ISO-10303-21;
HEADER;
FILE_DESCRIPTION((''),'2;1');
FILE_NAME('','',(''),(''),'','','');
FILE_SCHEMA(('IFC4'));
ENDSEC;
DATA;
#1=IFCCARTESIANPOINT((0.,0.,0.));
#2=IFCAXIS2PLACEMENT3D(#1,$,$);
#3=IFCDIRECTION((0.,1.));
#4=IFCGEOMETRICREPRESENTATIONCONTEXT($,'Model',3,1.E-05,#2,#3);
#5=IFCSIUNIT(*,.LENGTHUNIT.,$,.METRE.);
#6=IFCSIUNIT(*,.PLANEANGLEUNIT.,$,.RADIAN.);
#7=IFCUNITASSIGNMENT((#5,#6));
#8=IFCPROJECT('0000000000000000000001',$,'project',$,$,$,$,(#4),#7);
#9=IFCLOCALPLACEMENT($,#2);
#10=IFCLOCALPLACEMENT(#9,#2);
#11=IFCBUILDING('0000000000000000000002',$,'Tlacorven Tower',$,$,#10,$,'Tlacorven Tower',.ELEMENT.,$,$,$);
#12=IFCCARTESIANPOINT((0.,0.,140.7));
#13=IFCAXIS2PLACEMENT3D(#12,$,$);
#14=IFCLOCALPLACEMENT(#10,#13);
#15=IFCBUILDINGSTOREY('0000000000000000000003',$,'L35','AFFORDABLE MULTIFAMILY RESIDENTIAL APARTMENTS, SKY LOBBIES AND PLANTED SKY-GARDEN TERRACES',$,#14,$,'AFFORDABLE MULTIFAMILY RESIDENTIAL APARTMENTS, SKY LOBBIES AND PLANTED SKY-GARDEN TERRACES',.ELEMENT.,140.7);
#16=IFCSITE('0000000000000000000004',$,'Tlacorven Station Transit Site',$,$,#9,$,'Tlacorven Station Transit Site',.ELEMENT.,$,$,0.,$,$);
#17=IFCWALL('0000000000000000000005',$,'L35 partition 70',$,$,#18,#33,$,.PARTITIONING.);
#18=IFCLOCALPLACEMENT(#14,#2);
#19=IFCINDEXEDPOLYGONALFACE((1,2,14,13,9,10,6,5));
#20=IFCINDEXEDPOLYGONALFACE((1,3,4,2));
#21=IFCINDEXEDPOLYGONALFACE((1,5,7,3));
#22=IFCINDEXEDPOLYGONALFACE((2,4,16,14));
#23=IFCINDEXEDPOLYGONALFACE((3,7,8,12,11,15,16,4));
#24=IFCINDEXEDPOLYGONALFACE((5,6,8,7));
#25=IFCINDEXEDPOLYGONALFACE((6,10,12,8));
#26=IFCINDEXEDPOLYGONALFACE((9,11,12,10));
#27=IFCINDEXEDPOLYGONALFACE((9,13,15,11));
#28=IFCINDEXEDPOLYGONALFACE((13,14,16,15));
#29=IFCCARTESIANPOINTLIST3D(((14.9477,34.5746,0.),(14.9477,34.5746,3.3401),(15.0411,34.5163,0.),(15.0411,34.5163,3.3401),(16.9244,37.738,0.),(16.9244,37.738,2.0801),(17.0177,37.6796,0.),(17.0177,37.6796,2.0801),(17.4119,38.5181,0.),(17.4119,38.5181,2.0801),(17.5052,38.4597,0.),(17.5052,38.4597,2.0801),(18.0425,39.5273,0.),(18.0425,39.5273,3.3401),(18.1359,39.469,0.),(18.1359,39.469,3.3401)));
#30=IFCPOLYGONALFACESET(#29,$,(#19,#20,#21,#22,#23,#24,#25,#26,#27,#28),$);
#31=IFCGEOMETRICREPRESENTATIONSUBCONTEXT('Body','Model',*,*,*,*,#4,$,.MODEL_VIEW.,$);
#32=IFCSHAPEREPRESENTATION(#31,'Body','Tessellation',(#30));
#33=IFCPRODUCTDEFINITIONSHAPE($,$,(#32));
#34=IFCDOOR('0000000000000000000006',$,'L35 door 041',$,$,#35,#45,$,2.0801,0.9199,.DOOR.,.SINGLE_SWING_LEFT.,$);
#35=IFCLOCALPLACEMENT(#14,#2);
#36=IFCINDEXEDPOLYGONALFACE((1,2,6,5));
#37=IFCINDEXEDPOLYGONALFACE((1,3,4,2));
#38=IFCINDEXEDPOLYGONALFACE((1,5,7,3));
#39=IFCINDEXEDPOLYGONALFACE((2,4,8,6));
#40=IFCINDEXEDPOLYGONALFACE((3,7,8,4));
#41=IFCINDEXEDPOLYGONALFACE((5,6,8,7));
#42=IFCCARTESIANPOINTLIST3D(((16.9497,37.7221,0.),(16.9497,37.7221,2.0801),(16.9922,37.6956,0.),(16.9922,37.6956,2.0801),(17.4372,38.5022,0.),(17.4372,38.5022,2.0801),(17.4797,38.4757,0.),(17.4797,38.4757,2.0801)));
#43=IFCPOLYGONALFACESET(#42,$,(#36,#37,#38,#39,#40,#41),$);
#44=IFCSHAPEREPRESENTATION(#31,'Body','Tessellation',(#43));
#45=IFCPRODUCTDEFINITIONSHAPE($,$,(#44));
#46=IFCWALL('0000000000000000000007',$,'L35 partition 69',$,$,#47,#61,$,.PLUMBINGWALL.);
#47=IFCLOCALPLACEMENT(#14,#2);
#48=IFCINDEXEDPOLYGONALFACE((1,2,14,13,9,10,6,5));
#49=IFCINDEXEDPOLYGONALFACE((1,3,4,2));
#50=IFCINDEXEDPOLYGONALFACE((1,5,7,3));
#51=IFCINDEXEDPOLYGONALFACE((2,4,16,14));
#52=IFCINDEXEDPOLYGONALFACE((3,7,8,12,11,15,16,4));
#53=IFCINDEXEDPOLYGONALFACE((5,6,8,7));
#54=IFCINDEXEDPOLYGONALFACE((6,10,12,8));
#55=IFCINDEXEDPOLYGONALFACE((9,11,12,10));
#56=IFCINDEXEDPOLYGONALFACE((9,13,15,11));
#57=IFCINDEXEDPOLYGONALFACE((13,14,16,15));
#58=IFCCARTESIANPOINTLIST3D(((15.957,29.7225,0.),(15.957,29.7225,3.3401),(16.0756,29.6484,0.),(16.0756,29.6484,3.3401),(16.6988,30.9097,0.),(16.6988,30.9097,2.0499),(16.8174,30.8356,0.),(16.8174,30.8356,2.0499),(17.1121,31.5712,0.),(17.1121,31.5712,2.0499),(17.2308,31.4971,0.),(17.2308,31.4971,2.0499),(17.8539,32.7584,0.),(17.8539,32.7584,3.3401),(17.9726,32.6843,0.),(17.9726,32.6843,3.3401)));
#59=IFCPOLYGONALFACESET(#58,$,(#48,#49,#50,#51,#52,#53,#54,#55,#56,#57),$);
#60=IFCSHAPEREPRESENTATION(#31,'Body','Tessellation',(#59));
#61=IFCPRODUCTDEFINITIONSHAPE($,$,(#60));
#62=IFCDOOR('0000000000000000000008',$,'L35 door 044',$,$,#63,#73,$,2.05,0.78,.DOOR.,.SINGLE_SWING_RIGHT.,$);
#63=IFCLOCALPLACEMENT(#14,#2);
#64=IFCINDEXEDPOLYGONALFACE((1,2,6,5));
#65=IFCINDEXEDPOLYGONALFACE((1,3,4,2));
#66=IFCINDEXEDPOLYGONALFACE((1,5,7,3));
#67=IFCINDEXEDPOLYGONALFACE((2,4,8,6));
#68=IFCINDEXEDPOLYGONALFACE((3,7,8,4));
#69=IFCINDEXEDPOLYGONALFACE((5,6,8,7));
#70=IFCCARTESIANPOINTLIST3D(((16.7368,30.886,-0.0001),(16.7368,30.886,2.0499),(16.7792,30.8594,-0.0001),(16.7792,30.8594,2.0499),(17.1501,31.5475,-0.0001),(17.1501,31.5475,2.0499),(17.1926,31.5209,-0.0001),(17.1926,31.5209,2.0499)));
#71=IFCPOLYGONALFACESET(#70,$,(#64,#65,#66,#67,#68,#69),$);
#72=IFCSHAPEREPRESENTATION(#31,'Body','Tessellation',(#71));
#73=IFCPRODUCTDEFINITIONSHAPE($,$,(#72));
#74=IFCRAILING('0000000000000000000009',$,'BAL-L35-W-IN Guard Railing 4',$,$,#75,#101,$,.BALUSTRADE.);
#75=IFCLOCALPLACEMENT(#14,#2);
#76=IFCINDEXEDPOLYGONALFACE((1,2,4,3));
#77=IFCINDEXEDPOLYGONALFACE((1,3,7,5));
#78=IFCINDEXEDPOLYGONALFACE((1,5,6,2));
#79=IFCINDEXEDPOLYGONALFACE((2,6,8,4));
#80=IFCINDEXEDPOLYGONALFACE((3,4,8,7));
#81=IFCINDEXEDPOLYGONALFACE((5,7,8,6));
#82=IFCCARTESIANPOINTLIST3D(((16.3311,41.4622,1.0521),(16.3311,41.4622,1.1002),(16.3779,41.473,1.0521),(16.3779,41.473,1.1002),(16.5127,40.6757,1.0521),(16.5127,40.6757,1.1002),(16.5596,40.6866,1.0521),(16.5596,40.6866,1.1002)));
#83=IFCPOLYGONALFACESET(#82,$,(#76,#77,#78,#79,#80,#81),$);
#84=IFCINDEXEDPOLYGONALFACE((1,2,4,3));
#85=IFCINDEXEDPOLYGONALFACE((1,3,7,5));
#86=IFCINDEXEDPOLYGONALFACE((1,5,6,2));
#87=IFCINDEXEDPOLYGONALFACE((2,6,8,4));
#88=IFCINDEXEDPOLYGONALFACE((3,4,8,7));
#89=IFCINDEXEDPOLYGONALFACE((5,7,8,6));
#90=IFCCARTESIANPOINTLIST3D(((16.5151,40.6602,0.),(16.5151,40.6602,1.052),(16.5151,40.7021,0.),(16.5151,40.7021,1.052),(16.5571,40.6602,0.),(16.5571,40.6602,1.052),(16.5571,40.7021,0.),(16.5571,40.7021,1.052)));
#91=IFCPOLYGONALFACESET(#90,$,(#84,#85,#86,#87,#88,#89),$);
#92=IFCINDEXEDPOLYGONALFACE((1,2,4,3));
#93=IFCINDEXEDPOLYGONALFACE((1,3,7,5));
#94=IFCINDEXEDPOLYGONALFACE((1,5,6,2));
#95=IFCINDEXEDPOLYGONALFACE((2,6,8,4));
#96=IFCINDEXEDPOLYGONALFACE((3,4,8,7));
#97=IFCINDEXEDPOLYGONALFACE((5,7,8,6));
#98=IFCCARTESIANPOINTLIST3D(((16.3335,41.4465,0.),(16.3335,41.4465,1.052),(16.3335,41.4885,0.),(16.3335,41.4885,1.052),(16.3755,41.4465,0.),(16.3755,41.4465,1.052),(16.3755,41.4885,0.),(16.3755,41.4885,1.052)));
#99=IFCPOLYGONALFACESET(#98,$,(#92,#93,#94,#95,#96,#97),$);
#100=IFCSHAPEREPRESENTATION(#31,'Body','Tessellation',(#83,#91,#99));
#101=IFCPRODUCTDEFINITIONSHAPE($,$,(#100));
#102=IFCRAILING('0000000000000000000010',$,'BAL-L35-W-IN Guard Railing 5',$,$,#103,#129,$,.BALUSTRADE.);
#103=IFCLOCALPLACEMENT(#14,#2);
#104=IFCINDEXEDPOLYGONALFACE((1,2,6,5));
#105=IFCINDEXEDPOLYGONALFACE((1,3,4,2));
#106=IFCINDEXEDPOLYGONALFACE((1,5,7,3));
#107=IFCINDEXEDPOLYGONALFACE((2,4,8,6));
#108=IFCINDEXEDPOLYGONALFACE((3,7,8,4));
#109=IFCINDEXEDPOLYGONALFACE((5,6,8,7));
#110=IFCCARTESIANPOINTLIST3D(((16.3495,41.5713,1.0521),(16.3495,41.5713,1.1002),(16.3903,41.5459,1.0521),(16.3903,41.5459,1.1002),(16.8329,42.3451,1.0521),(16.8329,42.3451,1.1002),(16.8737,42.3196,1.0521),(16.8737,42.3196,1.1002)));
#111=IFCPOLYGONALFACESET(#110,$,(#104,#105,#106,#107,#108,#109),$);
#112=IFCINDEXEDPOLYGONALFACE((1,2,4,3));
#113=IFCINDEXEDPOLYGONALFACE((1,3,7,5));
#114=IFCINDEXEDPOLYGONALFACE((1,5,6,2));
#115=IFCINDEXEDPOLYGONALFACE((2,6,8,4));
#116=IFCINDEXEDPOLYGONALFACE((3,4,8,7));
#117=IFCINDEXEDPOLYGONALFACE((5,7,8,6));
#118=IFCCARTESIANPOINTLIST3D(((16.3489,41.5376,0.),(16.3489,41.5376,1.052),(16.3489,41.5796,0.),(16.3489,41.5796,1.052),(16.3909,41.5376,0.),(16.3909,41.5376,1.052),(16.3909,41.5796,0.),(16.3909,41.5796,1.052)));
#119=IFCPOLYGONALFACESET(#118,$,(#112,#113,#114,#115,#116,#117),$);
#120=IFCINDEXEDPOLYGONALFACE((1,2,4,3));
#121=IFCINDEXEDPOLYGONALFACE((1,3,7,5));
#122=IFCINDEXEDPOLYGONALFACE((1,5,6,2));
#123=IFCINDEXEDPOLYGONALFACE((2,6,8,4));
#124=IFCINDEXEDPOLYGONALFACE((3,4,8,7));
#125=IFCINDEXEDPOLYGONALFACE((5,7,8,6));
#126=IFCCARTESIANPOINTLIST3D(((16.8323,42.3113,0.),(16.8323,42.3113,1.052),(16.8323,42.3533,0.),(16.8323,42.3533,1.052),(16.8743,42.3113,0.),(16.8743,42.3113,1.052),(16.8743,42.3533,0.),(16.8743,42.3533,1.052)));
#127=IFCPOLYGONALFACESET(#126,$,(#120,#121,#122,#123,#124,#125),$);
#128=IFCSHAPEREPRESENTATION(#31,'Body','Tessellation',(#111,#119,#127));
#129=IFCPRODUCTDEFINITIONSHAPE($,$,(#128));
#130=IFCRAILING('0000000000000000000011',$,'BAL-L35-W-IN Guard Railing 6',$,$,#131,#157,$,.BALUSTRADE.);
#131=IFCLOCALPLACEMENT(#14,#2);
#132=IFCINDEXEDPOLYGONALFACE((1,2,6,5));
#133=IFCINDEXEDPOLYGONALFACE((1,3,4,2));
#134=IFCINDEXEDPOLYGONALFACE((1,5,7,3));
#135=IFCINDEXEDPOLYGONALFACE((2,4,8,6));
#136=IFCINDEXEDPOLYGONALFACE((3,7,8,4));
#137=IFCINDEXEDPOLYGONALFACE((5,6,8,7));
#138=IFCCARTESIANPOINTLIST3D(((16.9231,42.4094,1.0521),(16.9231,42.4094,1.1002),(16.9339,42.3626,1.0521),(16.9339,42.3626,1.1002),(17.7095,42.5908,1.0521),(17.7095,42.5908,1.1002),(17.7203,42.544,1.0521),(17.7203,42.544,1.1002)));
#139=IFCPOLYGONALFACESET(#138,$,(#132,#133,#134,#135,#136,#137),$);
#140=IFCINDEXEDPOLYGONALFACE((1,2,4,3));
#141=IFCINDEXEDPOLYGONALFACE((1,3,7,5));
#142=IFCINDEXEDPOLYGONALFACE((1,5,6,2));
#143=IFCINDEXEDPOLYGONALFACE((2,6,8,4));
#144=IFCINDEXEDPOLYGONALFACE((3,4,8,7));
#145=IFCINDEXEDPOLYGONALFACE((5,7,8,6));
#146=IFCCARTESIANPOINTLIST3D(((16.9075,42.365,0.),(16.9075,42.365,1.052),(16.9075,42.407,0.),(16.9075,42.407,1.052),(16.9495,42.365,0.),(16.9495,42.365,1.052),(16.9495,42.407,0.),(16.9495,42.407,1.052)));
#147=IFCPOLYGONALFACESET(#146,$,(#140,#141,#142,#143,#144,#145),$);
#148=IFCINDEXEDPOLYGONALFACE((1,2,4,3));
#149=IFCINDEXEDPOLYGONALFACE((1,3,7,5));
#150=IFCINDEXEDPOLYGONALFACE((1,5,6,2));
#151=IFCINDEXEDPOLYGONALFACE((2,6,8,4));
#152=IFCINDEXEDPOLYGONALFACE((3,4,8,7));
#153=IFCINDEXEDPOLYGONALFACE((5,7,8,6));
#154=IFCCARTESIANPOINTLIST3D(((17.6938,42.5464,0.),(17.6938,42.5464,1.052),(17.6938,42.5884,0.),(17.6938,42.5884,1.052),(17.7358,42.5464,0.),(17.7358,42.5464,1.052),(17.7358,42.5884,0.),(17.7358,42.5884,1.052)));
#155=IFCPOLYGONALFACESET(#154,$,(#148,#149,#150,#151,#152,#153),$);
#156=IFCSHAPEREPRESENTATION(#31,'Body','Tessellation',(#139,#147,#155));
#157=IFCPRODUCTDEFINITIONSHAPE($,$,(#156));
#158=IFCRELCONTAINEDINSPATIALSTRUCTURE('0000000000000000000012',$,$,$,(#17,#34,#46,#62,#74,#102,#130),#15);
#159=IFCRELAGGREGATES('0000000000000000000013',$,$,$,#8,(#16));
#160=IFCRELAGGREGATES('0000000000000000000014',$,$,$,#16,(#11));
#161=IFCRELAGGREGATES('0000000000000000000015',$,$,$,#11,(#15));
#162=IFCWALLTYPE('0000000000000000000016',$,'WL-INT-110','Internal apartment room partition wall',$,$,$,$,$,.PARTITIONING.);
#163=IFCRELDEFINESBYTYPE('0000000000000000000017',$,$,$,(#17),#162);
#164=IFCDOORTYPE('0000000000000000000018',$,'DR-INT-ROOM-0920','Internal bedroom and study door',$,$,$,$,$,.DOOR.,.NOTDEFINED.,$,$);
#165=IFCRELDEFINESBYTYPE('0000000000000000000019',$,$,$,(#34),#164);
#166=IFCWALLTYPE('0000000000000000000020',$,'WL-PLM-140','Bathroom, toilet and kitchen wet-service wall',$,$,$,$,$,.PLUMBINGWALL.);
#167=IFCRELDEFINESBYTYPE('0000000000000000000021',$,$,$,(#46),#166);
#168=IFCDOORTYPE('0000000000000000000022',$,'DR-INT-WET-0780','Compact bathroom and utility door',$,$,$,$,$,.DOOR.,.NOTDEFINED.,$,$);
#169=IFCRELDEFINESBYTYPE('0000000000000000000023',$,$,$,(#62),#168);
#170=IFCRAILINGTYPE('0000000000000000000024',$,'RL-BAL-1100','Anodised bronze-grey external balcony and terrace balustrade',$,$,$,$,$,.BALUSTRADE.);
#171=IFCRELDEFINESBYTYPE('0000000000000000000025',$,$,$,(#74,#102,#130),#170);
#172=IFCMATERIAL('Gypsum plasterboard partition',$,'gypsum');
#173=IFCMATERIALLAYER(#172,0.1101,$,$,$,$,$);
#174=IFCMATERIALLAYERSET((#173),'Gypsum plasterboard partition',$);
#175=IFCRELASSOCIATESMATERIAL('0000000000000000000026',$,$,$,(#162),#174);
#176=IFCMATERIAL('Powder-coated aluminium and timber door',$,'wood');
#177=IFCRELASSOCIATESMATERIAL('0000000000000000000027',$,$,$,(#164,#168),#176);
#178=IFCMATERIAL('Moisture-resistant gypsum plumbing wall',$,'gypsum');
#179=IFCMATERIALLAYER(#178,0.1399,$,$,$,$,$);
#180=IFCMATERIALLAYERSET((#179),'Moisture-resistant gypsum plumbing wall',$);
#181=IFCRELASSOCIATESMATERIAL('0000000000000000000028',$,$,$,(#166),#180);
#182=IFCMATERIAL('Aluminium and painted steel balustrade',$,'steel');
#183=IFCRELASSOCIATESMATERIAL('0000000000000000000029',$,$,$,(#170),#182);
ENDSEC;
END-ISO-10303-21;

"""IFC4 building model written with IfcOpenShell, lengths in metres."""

from ifc_helpers import new_model, si_unit, direction, frame, frame_2d, origin, origin_2d, place, context, subcontext, project, spatial, rectangle, extrude, source, transform, mapped, material, layer, layer_set, type_object, element, fill, save


model = new_model("IFC4")

# Units and contexts
model_context = context("Model", 3, precision=1e-05, world=origin(), true_north=direction((0.0, 1.0)))
body_context = subcontext(model_context, "Body", "Model", "MODEL_VIEW")
ifc_project = project(units=[si_unit("LENGTHUNIT", "METRE"), si_unit("PLANEANGLEUNIT", "RADIAN")], contexts=[model_context])

# Site, building, storey
site_placement = place(None, origin())
site = spatial("IfcSite", under=ifc_project, at=site_placement, Name="Tlacorven Station Transit Site", LongName="Tlacorven Station Transit Site", CompositionType="ELEMENT", RefElevation=0.0)
building_placement = place(site_placement, origin())
building = spatial("IfcBuilding", under=site, at=building_placement, Name="Tlacorven Tower", LongName="Tlacorven Tower", CompositionType="ELEMENT")
storey_placement = place(building_placement, frame((0.0, 0.0, 140.7)))
storey = spatial("IfcBuildingStorey", under=building, at=storey_placement, Name="L35", Description="AFFORDABLE MULTIFAMILY RESIDENTIAL APARTMENTS, SKY LOBBIES AND PLANTED SKY-GARDEN TERRACES", LongName="AFFORDABLE MULTIFAMILY RESIDENTIAL APARTMENTS, SKY LOBBIES AND PLANTED SKY-GARDEN TERRACES", CompositionType="ELEMENT", Elevation=140.7)

# Shared definitions
ifc_material_1 = material(Name="Powder-coated aluminium and timber door", Category="wood")

# Walls, openings, doors
ifc_material_2 = material(Name="Gypsum plasterboard partition", Category="gypsum")
ifc_layer_1 = layer(ifc_material_2, 0.1101)
ifc_layer_set_1 = layer_set([ifc_layer_1], Name="Gypsum plasterboard partition")
wall_type_1 = type_object("IfcWallType", Name="WL-INT-110", Description="Internal apartment room partition wall", PredefinedType="PARTITIONING", material=ifc_layer_set_1)
wall_1_placement = place(storey_placement, frame((18.0891, 39.498, 0.0), z_axis=(0.0, 0.0, 1.0), x_axis=(-0.529916, -0.84805, 0.0)))
wall_1 = element("IfcWall", 1, at=wall_1_placement, inside=storey, type_object=wall_type_1, Name="L35 partition 70", PredefinedType="PARTITIONING", context=body_context, shape_type="SweptSolid", body=[
    extrude(rectangle(XDim=5.8401, YDim=0.1101, at=frame_2d((2.9199, 0.0))), origin(), (0.0, 0.0, 1.0), 3.3401),
])
opening_1_placement = place(wall_1_placement, frame((1.1899, 0.0, 0.0)))
opening_1 = element("IfcOpeningElement", 2, at=opening_1_placement, cuts=wall_1, PredefinedType="OPENING", context=body_context, shape_type="SweptSolid", body=[
    extrude(rectangle(XDim=0.9199, YDim=2.0801, at=frame_2d((0.46, 1.04))), frame((0.0, 0.0649, 0.0), z_axis=(0.0, -1.0, 0.0), x_axis=(1.0, 0.0, 0.0)), (0.0, 0.0, 1.0), 0.1301),
])
door_type_1 = type_object("IfcDoorType", Name="DR-INT-ROOM-0920", Description="Internal bedroom and study door", OperationType="NOTDEFINED", PredefinedType="DOOR", material=ifc_material_1)
shared_shape_1 = source(origin(), body_context, "Body", "SweptSolid", [
    extrude(rectangle(XDim=0.9199, YDim=2.0801, at=frame_2d((0.46, 1.04))), frame((0.0, 0.0249, 0.0), z_axis=(0.0, -1.0, 0.0), x_axis=(1.0, 0.0, 0.0)), (0.0, 0.0, 1.0), 0.05),
])
door_1_placement = place(opening_1_placement, origin())
door_1 = element("IfcDoor", 3, at=door_1_placement, inside=storey, type_object=door_type_1, Name="L35 door 041", OperationType="SINGLE_SWING_LEFT", OverallHeight=2.0801, OverallWidth=0.9199, PredefinedType="DOOR", context=body_context, shape_type="MappedRepresentation", body=[
    mapped(shared_shape_1, transform((0.0, 0.0, 0.0), scale=1.0)),
])
fill(opening_1, door_1)
ifc_material_3 = material(Name="Moisture-resistant gypsum plumbing wall", Category="gypsum")
ifc_layer_2 = layer(ifc_material_3, 0.1399)
ifc_layer_set_2 = layer_set([ifc_layer_2], Name="Moisture-resistant gypsum plumbing wall")
wall_type_2 = type_object("IfcWallType", Name="WL-PLM-140", Description="Bathroom, toilet and kitchen wet-service wall", PredefinedType="PLUMBINGWALL", material=ifc_layer_set_2)
wall_2_placement = place(storey_placement, frame((17.9133, 32.7214, 0.0), z_axis=(0.0, 0.0, 1.0), x_axis=(-0.529907, -0.848056, 0.0)))
wall_2 = element("IfcWall", 4, at=wall_2_placement, inside=storey, type_object=wall_type_2, Name="L35 partition 69", PredefinedType="PLUMBINGWALL", context=body_context, shape_type="SweptSolid", body=[
    extrude(rectangle(XDim=3.5798, YDim=0.1399, at=frame_2d((1.79, 0.0))), origin(), (0.0, 0.0, 1.0), 3.3401),
])
opening_2_placement = place(wall_2_placement, frame((1.3999, 0.0, 0.0)))
opening_2 = element("IfcOpeningElement", 5, at=opening_2_placement, cuts=wall_2, PredefinedType="OPENING", context=body_context, shape_type="SweptSolid", body=[
    extrude(rectangle(XDim=0.78, YDim=2.05, at=frame_2d((0.3901, 1.0249))), frame((0.0, 0.0801, 0.0), z_axis=(0.0, -1.0, 0.0), x_axis=(1.0, 0.0, 0.0)), (0.0, 0.0, 1.0), 0.1599),
])
door_type_2 = type_object("IfcDoorType", Name="DR-INT-WET-0780", Description="Compact bathroom and utility door", OperationType="NOTDEFINED", PredefinedType="DOOR", material=ifc_material_1)
shared_shape_2 = source(origin(), body_context, "Body", "SweptSolid", [
    extrude(rectangle(XDim=0.78, YDim=2.05, at=frame_2d((0.3901, 1.0249))), frame((0.0, 0.0249, 0.0), z_axis=(0.0, -1.0, 0.0), x_axis=(1.0, 0.0, 0.0)), (0.0, 0.0, 1.0), 0.05),
])
door_2_placement = place(opening_2_placement, origin())
door_2 = element("IfcDoor", 6, at=door_2_placement, inside=storey, type_object=door_type_2, Name="L35 door 044", OperationType="SINGLE_SWING_RIGHT", OverallHeight=2.05, OverallWidth=0.78, PredefinedType="DOOR", context=body_context, shape_type="MappedRepresentation", body=[
    mapped(shared_shape_2, transform((0.0, 0.0, 0.0), scale=1.0)),
])
fill(opening_2, door_2)

# Railings
ifc_material_4 = material(Name="Aluminium and painted steel balustrade", Category="steel")
railing_type = type_object("IfcRailingType", Name="RL-BAL-1100", Description="Anodised bronze-grey external balcony and terrace balustrade", PredefinedType="BALUSTRADE", material=ifc_material_4)
shared_shape_3 = source(origin(), body_context, "Body", "SweptSolid", [
    extrude(rectangle(XDim=0.0481, YDim=0.0481, at=origin_2d()), frame((0.0, 0.0, 1.0762), z_axis=(-0.225058, 0.974345, 0.0), x_axis=(-0.974345, -0.225058, 0.0)), (0.0, 0.0, 1.0), 0.8071),
    extrude(rectangle(XDim=0.042, YDim=0.042, at=origin_2d()), origin(), (0.0, 0.0, 1.0), 1.052),
    extrude(rectangle(XDim=0.042, YDim=0.042, at=origin_2d()), frame((-0.1816, 0.7864, 0.0)), (0.0, 0.0, 1.0), 1.052),
])
railing_1_placement = place(storey_placement, frame((16.5361, 40.6812, 0.0)))
element("IfcRailing", 7, at=railing_1_placement, inside=storey, type_object=railing_type, Name="BAL-L35-W-IN Guard Railing 4", PredefinedType="BALUSTRADE", context=body_context, shape_type="MappedRepresentation", body=[
    mapped(shared_shape_3, transform((0.0, 0.0, 0.0), scale=1.0)),
])
shared_shape_4 = source(origin(), body_context, "Body", "SweptSolid", [
    extrude(rectangle(XDim=0.0481, YDim=0.0481, at=origin_2d()), frame((0.0, 0.0, 1.0762), z_axis=(0.529879, 0.848073, 0.0), x_axis=(-0.848073, 0.529879, 0.0)), (0.0, 0.0, 1.0), 0.9124),
    extrude(rectangle(XDim=0.042, YDim=0.042, at=origin_2d()), origin(), (0.0, 0.0, 1.0), 1.052),
    extrude(rectangle(XDim=0.042, YDim=0.042, at=origin_2d()), frame((0.4834, 0.7737, 0.0)), (0.0, 0.0, 1.0), 1.052),
])
railing_2_placement = place(storey_placement, frame((16.3699, 41.5586, 0.0)))
element("IfcRailing", 8, at=railing_2_placement, inside=storey, type_object=railing_type, Name="BAL-L35-W-IN Guard Railing 5", PredefinedType="BALUSTRADE", context=body_context, shape_type="MappedRepresentation", body=[
    mapped(shared_shape_4, transform((0.0, 0.0, 0.0), scale=1.0)),
])
shared_shape_5 = source(origin(), body_context, "Body", "SweptSolid", [
    extrude(rectangle(XDim=0.0481, YDim=0.0481, at=origin_2d()), frame((0.0, 0.0, 1.0762), z_axis=(0.974412, 0.224771, 0.0), x_axis=(-0.224771, 0.974412, 0.0)), (0.0, 0.0, 1.0), 0.8071),
    extrude(rectangle(XDim=0.042, YDim=0.042, at=origin_2d()), origin(), (0.0, 0.0, 1.0), 1.052),
    extrude(rectangle(XDim=0.042, YDim=0.042, at=origin_2d()), frame((0.7864, 0.1814, 0.0)), (0.0, 0.0, 1.0), 1.052),
])
railing_3_placement = place(storey_placement, frame((16.9285, 42.386, 0.0)))
element("IfcRailing", 9, at=railing_3_placement, inside=storey, type_object=railing_type, Name="BAL-L35-W-IN Guard Railing 6", PredefinedType="BALUSTRADE", context=body_context, shape_type="MappedRepresentation", body=[
    mapped(shared_shape_5, transform((0.0, 0.0, 0.0), scale=1.0)),
])

save(model, "model.ifc")
